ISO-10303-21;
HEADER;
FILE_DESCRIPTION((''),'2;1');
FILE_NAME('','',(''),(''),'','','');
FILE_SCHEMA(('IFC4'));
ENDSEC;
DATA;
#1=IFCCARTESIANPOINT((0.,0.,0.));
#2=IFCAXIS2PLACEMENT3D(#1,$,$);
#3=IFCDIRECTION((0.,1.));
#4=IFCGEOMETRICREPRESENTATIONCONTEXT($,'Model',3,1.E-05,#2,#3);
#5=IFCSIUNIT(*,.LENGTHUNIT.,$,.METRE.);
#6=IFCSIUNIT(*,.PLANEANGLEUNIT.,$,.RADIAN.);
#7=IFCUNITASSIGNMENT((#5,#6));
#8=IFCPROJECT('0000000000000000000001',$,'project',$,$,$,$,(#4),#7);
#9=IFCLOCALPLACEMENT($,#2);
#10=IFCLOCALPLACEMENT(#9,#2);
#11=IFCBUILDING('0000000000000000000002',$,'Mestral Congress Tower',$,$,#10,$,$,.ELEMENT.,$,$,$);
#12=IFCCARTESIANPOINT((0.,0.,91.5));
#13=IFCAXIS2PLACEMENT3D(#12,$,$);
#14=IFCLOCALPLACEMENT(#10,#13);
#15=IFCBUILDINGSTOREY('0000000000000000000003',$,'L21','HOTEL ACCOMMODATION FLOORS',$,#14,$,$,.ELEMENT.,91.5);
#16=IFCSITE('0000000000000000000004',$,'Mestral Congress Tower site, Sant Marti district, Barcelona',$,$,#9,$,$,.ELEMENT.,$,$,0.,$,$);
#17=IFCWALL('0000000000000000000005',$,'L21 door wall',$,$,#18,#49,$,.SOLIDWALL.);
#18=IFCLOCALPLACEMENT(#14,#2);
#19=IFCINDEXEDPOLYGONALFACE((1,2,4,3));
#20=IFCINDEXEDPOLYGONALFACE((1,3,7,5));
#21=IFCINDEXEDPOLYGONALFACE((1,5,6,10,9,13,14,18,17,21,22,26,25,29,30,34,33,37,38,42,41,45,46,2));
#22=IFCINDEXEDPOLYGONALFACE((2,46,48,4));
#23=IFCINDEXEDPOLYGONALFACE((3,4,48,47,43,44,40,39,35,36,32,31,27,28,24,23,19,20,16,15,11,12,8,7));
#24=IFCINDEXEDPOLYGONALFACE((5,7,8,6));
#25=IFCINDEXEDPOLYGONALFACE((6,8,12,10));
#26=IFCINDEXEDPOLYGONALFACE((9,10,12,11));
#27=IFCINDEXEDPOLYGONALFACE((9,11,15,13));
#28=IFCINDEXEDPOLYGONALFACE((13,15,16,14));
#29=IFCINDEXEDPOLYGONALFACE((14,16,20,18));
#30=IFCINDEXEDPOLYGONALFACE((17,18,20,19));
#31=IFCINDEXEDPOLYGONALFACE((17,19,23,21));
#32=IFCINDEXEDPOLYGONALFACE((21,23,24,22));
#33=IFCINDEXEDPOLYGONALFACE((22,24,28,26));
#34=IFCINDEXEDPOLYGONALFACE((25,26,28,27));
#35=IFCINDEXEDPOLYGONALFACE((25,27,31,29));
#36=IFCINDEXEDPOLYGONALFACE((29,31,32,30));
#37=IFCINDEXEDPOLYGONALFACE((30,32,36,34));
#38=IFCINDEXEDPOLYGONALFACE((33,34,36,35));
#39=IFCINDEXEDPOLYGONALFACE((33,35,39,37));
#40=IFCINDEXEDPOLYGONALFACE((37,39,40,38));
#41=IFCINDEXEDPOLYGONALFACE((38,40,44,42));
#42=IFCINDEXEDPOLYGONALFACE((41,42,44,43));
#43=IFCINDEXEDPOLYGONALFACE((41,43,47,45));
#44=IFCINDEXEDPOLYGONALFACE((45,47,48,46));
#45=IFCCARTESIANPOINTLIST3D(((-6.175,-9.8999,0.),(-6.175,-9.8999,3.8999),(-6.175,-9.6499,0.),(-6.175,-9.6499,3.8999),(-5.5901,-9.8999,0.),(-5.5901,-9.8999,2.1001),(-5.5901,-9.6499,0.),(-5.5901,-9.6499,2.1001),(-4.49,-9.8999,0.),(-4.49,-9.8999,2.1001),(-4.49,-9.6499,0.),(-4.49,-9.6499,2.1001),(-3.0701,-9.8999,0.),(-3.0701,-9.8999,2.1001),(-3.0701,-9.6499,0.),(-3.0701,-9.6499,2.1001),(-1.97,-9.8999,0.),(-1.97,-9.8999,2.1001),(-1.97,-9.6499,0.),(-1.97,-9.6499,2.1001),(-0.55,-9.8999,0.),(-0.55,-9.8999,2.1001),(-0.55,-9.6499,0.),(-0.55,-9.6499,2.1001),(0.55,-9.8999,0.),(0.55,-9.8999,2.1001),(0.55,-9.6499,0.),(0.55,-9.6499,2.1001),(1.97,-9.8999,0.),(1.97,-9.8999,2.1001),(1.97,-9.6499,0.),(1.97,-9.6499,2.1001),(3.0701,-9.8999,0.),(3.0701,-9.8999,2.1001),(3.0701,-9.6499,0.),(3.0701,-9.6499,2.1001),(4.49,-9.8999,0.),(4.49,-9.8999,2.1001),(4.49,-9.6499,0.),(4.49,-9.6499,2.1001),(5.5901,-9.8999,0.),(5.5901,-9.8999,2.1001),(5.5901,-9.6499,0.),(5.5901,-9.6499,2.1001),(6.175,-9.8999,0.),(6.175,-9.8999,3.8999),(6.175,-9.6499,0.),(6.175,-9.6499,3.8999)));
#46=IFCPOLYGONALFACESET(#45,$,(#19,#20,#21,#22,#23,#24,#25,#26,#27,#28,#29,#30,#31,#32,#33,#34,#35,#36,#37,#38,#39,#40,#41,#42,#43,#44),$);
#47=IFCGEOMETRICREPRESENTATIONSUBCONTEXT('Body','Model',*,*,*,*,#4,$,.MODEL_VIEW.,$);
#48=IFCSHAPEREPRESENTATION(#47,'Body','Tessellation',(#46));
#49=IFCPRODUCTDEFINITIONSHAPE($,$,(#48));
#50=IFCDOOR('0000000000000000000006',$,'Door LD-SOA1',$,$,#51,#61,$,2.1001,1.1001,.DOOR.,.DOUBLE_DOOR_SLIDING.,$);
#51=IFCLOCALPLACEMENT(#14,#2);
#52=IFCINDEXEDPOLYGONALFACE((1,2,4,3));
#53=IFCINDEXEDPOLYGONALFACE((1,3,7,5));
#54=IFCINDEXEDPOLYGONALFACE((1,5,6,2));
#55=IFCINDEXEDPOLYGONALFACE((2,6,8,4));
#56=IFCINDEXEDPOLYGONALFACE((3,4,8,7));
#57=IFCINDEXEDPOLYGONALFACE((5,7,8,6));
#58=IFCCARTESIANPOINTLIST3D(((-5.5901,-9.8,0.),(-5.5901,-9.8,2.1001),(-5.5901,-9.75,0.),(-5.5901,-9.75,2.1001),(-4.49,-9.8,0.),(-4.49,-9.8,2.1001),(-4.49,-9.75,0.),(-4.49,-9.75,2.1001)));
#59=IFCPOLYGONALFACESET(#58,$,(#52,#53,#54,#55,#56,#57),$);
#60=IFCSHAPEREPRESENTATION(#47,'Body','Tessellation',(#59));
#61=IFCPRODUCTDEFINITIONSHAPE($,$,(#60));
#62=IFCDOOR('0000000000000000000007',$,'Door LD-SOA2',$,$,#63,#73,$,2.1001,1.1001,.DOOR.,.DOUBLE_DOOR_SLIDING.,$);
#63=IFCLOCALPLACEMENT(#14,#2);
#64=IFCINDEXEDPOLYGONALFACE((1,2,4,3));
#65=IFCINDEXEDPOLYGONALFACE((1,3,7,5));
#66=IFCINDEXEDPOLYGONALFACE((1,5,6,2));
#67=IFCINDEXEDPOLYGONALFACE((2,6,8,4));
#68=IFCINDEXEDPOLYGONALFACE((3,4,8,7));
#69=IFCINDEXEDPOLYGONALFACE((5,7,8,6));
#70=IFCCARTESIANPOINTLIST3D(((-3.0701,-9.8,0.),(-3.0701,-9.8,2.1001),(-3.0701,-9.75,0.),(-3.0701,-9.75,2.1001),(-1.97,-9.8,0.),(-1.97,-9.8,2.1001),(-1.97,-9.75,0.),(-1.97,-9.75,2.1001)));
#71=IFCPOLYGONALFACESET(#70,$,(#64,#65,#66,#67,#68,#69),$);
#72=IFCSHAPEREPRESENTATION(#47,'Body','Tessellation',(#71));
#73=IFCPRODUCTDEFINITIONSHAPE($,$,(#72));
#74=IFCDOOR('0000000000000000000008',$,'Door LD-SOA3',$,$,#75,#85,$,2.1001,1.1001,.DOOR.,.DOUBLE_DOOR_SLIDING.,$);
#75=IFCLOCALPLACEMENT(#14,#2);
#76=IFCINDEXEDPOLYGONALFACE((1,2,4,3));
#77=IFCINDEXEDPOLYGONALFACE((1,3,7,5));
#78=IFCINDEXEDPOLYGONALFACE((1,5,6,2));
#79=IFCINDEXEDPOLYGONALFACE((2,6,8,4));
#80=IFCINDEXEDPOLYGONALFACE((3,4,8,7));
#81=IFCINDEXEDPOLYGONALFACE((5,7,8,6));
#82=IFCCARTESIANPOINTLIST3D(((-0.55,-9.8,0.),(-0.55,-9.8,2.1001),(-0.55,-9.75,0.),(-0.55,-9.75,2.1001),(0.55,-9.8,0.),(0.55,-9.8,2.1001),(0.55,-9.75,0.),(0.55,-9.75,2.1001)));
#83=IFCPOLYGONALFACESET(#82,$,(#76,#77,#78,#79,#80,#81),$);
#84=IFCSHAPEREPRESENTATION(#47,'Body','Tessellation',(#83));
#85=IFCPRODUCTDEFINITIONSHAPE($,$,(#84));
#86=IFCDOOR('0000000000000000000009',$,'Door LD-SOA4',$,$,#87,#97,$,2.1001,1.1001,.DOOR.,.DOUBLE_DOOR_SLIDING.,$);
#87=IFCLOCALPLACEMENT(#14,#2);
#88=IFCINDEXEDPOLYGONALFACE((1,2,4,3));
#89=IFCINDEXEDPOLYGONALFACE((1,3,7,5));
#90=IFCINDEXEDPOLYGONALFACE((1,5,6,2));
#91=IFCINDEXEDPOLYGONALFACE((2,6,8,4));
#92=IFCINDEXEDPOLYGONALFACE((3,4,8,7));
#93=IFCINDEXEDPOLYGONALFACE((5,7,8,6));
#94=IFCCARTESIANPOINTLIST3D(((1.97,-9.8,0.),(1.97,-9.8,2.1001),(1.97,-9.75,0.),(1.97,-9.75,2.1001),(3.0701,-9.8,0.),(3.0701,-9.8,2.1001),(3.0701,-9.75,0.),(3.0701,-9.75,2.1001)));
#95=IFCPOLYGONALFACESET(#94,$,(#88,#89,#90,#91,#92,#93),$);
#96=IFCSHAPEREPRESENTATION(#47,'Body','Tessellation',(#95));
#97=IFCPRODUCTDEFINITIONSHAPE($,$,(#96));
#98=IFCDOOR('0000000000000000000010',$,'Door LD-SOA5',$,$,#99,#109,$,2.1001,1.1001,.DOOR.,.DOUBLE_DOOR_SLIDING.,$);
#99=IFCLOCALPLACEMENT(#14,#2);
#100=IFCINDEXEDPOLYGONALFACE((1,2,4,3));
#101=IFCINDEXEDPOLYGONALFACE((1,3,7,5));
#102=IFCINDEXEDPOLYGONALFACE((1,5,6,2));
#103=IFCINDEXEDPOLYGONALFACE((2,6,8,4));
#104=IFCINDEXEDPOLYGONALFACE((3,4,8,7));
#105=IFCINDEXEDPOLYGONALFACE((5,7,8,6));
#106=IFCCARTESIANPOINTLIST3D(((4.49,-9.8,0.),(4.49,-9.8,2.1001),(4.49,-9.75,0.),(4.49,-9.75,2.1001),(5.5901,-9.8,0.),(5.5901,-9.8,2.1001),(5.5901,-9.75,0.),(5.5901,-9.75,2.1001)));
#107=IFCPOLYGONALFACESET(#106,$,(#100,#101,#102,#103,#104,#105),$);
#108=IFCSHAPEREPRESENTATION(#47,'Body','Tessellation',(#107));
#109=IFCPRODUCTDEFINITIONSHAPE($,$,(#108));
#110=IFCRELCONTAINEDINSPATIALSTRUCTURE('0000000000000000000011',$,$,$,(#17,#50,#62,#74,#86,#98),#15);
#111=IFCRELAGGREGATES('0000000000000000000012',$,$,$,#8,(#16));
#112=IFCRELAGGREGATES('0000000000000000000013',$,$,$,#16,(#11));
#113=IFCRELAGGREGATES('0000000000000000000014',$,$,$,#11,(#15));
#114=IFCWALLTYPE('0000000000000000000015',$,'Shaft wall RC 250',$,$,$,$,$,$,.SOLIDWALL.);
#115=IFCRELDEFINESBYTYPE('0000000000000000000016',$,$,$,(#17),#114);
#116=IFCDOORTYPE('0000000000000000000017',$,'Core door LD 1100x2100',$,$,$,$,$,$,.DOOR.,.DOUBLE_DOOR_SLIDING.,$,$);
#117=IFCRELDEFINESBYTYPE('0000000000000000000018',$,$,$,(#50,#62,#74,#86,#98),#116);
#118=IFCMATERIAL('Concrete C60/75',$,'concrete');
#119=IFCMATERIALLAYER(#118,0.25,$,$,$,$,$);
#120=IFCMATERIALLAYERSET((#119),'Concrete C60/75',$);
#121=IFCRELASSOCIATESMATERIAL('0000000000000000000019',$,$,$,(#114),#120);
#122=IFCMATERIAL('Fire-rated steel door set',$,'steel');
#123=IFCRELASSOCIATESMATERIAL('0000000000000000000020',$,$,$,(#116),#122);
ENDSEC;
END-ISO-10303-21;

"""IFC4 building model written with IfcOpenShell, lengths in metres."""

from ifc_helpers import new_model, si_unit, direction, frame, frame_2d, origin, place, context, subcontext, project, spatial, rectangle, extrude, material, layer, layer_set, type_object, element, fill, save


model = new_model("IFC4")

# Units and contexts
model_context = context("Model", 3, precision=1e-05, world=origin(), true_north=direction((0.0, 1.0)))
body_context = subcontext(model_context, "Body", "Model", "MODEL_VIEW")
ifc_project = project(units=[si_unit("LENGTHUNIT", "METRE"), si_unit("PLANEANGLEUNIT", "RADIAN")], contexts=[model_context])

# Site, building, storey
site_placement = place(None, origin())
site = spatial("IfcSite", under=ifc_project, at=site_placement, Name="Mestral Congress Tower site, Sant Marti district, Barcelona", CompositionType="ELEMENT", RefElevation=0.0)
building_placement = place(site_placement, origin())
building = spatial("IfcBuilding", under=site, at=building_placement, Name="Mestral Congress Tower", CompositionType="ELEMENT")
storey_placement = place(building_placement, frame((0.0, 0.0, 91.5)))
storey = spatial("IfcBuildingStorey", under=building, at=storey_placement, Name="L21", Description="HOTEL ACCOMMODATION FLOORS", CompositionType="ELEMENT", Elevation=91.5)

# Shared definitions
ifc_material_1 = material(Name="Fire-rated steel door set", Category="steel")

# Shared definitions
ifc_material_2 = material(Name="Concrete C60/75", Category="concrete")
ifc_layer_1 = layer(ifc_material_2, 0.25)
ifc_layer_set_1 = layer_set([ifc_layer_1], Name="Concrete C60/75")
wall_type_1 = type_object("IfcWallType", Name="Shaft wall RC 250", PredefinedType="SOLIDWALL", material=ifc_layer_set_1)

# Wall, openings, doors
wall_1_placement = place(storey_placement, frame((-6.175, -9.7749, 0.0), z_axis=(0.0, 0.0, 1.0), x_axis=(1.0, 0.0, 0.0)))
wall_1 = element("IfcWall", 1, at=wall_1_placement, inside=storey, type_object=wall_type_1, Name="L21 door wall", PredefinedType="SOLIDWALL", context=body_context, shape_type="SweptSolid", body=[
    extrude(rectangle(XDim=12.3501, YDim=0.25, at=frame_2d((6.175, 0.0))), origin(), (0.0, 0.0, 1.0), 3.8999),
])
opening_1_placement = place(wall_1_placement, frame((0.585, 0.0, 0.0)))
opening_1 = element("IfcOpeningElement", 2, at=opening_1_placement, cuts=wall_1, PredefinedType="OPENING", context=body_context, shape_type="SweptSolid", body=[
    extrude(rectangle(XDim=1.1001, YDim=2.1001, at=frame_2d((0.55, 1.05))), frame((0.0, 0.135, 0.0), z_axis=(0.0, -1.0, 0.0), x_axis=(1.0, 0.0, 0.0)), (0.0, 0.0, 1.0), 0.27),
])
opening_2_placement = place(wall_1_placement, frame((3.105, 0.0, 0.0)))
opening_2 = element("IfcOpeningElement", 3, at=opening_2_placement, cuts=wall_1, PredefinedType="OPENING", context=body_context, shape_type="SweptSolid", body=[
    extrude(rectangle(XDim=1.1001, YDim=2.1001, at=frame_2d((0.55, 1.05))), frame((0.0, 0.135, 0.0), z_axis=(0.0, -1.0, 0.0), x_axis=(1.0, 0.0, 0.0)), (0.0, 0.0, 1.0), 0.27),
])
opening_3_placement = place(wall_1_placement, frame((5.625, 0.0, 0.0)))
opening_3 = element("IfcOpeningElement", 4, at=opening_3_placement, cuts=wall_1, PredefinedType="OPENING", context=body_context, shape_type="SweptSolid", body=[
    extrude(rectangle(XDim=1.1001, YDim=2.1001, at=frame_2d((0.55, 1.05))), frame((0.0, 0.135, 0.0), z_axis=(0.0, -1.0, 0.0), x_axis=(1.0, 0.0, 0.0)), (0.0, 0.0, 1.0), 0.27),
])
opening_4_placement = place(wall_1_placement, frame((8.145, 0.0, 0.0)))
opening_4 = element("IfcOpeningElement", 5, at=opening_4_placement, cuts=wall_1, PredefinedType="OPENING", context=body_context, shape_type="SweptSolid", body=[
    extrude(rectangle(XDim=1.1001, YDim=2.1001, at=frame_2d((0.55, 1.05))), frame((0.0, 0.135, 0.0), z_axis=(0.0, -1.0, 0.0), x_axis=(1.0, 0.0, 0.0)), (0.0, 0.0, 1.0), 0.27),
])
opening_5_placement = place(wall_1_placement, frame((10.665, 0.0, 0.0)))
opening_5 = element("IfcOpeningElement", 6, at=opening_5_placement, cuts=wall_1, PredefinedType="OPENING", context=body_context, shape_type="SweptSolid", body=[
    extrude(rectangle(XDim=1.1001, YDim=2.1001, at=frame_2d((0.55, 1.05))), frame((0.0, 0.135, 0.0), z_axis=(0.0, -1.0, 0.0), x_axis=(1.0, 0.0, 0.0)), (0.0, 0.0, 1.0), 0.27),
])
door_type_1 = type_object("IfcDoorType", Name="Core door LD 1100x2100", OperationType="DOUBLE_DOOR_SLIDING", PredefinedType="DOOR", material=ifc_material_1)
door_1_placement = place(opening_1_placement, origin())
door_1 = element("IfcDoor", 7, at=door_1_placement, inside=storey, type_object=door_type_1, Name="Door LD-SOA1", OperationType="DOUBLE_DOOR_SLIDING", OverallHeight=2.1001, OverallWidth=1.1001, PredefinedType="DOOR", context=body_context, shape_type="SweptSolid", body=[
    extrude(rectangle(XDim=1.1001, YDim=2.1001, at=frame_2d((0.55, 1.05))), frame((0.0, 0.0249, 0.0), z_axis=(0.0, -1.0, 0.0), x_axis=(1.0, 0.0, 0.0)), (0.0, 0.0, 1.0), 0.05),
])
fill(opening_1, door_1)
door_2_placement = place(opening_2_placement, origin())
door_2 = element("IfcDoor", 8, at=door_2_placement, inside=storey, type_object=door_type_1, Name="Door LD-SOA2", OperationType="DOUBLE_DOOR_SLIDING", OverallHeight=2.1001, OverallWidth=1.1001, PredefinedType="DOOR", context=body_context, shape_type="SweptSolid", body=[
    extrude(rectangle(XDim=1.1001, YDim=2.1001, at=frame_2d((0.55, 1.05))), frame((0.0, 0.0249, 0.0), z_axis=(0.0, -1.0, 0.0), x_axis=(1.0, 0.0, 0.0)), (0.0, 0.0, 1.0), 0.05),
])
fill(opening_2, door_2)
door_3_placement = place(opening_3_placement, origin())
door_3 = element("IfcDoor", 9, at=door_3_placement, inside=storey, type_object=door_type_1, Name="Door LD-SOA3", OperationType="DOUBLE_DOOR_SLIDING", OverallHeight=2.1001, OverallWidth=1.1001, PredefinedType="DOOR", context=body_context, shape_type="SweptSolid", body=[
    extrude(rectangle(XDim=1.1001, YDim=2.1001, at=frame_2d((0.55, 1.05))), frame((0.0, 0.0249, 0.0), z_axis=(0.0, -1.0, 0.0), x_axis=(1.0, 0.0, 0.0)), (0.0, 0.0, 1.0), 0.05),
])
fill(opening_3, door_3)
door_4_placement = place(opening_4_placement, origin())
door_4 = element("IfcDoor", 10, at=door_4_placement, inside=storey, type_object=door_type_1, Name="Door LD-SOA4", OperationType="DOUBLE_DOOR_SLIDING", OverallHeight=2.1001, OverallWidth=1.1001, PredefinedType="DOOR", context=body_context, shape_type="SweptSolid", body=[
    extrude(rectangle(XDim=1.1001, YDim=2.1001, at=frame_2d((0.55, 1.05))), frame((0.0, 0.0249, 0.0), z_axis=(0.0, -1.0, 0.0), x_axis=(1.0, 0.0, 0.0)), (0.0, 0.0, 1.0), 0.05),
])
fill(opening_4, door_4)
door_5_placement = place(opening_5_placement, origin())
door_5 = element("IfcDoor", 11, at=door_5_placement, inside=storey, type_object=door_type_1, Name="Door LD-SOA5", OperationType="DOUBLE_DOOR_SLIDING", OverallHeight=2.1001, OverallWidth=1.1001, PredefinedType="DOOR", context=body_context, shape_type="SweptSolid", body=[
    extrude(rectangle(XDim=1.1001, YDim=2.1001, at=frame_2d((0.55, 1.05))), frame((0.0, 0.0249, 0.0), z_axis=(0.0, -1.0, 0.0), x_axis=(1.0, 0.0, 0.0)), (0.0, 0.0, 1.0), 0.05),
])
fill(opening_5, door_5)

save(model, "model.ifc")
